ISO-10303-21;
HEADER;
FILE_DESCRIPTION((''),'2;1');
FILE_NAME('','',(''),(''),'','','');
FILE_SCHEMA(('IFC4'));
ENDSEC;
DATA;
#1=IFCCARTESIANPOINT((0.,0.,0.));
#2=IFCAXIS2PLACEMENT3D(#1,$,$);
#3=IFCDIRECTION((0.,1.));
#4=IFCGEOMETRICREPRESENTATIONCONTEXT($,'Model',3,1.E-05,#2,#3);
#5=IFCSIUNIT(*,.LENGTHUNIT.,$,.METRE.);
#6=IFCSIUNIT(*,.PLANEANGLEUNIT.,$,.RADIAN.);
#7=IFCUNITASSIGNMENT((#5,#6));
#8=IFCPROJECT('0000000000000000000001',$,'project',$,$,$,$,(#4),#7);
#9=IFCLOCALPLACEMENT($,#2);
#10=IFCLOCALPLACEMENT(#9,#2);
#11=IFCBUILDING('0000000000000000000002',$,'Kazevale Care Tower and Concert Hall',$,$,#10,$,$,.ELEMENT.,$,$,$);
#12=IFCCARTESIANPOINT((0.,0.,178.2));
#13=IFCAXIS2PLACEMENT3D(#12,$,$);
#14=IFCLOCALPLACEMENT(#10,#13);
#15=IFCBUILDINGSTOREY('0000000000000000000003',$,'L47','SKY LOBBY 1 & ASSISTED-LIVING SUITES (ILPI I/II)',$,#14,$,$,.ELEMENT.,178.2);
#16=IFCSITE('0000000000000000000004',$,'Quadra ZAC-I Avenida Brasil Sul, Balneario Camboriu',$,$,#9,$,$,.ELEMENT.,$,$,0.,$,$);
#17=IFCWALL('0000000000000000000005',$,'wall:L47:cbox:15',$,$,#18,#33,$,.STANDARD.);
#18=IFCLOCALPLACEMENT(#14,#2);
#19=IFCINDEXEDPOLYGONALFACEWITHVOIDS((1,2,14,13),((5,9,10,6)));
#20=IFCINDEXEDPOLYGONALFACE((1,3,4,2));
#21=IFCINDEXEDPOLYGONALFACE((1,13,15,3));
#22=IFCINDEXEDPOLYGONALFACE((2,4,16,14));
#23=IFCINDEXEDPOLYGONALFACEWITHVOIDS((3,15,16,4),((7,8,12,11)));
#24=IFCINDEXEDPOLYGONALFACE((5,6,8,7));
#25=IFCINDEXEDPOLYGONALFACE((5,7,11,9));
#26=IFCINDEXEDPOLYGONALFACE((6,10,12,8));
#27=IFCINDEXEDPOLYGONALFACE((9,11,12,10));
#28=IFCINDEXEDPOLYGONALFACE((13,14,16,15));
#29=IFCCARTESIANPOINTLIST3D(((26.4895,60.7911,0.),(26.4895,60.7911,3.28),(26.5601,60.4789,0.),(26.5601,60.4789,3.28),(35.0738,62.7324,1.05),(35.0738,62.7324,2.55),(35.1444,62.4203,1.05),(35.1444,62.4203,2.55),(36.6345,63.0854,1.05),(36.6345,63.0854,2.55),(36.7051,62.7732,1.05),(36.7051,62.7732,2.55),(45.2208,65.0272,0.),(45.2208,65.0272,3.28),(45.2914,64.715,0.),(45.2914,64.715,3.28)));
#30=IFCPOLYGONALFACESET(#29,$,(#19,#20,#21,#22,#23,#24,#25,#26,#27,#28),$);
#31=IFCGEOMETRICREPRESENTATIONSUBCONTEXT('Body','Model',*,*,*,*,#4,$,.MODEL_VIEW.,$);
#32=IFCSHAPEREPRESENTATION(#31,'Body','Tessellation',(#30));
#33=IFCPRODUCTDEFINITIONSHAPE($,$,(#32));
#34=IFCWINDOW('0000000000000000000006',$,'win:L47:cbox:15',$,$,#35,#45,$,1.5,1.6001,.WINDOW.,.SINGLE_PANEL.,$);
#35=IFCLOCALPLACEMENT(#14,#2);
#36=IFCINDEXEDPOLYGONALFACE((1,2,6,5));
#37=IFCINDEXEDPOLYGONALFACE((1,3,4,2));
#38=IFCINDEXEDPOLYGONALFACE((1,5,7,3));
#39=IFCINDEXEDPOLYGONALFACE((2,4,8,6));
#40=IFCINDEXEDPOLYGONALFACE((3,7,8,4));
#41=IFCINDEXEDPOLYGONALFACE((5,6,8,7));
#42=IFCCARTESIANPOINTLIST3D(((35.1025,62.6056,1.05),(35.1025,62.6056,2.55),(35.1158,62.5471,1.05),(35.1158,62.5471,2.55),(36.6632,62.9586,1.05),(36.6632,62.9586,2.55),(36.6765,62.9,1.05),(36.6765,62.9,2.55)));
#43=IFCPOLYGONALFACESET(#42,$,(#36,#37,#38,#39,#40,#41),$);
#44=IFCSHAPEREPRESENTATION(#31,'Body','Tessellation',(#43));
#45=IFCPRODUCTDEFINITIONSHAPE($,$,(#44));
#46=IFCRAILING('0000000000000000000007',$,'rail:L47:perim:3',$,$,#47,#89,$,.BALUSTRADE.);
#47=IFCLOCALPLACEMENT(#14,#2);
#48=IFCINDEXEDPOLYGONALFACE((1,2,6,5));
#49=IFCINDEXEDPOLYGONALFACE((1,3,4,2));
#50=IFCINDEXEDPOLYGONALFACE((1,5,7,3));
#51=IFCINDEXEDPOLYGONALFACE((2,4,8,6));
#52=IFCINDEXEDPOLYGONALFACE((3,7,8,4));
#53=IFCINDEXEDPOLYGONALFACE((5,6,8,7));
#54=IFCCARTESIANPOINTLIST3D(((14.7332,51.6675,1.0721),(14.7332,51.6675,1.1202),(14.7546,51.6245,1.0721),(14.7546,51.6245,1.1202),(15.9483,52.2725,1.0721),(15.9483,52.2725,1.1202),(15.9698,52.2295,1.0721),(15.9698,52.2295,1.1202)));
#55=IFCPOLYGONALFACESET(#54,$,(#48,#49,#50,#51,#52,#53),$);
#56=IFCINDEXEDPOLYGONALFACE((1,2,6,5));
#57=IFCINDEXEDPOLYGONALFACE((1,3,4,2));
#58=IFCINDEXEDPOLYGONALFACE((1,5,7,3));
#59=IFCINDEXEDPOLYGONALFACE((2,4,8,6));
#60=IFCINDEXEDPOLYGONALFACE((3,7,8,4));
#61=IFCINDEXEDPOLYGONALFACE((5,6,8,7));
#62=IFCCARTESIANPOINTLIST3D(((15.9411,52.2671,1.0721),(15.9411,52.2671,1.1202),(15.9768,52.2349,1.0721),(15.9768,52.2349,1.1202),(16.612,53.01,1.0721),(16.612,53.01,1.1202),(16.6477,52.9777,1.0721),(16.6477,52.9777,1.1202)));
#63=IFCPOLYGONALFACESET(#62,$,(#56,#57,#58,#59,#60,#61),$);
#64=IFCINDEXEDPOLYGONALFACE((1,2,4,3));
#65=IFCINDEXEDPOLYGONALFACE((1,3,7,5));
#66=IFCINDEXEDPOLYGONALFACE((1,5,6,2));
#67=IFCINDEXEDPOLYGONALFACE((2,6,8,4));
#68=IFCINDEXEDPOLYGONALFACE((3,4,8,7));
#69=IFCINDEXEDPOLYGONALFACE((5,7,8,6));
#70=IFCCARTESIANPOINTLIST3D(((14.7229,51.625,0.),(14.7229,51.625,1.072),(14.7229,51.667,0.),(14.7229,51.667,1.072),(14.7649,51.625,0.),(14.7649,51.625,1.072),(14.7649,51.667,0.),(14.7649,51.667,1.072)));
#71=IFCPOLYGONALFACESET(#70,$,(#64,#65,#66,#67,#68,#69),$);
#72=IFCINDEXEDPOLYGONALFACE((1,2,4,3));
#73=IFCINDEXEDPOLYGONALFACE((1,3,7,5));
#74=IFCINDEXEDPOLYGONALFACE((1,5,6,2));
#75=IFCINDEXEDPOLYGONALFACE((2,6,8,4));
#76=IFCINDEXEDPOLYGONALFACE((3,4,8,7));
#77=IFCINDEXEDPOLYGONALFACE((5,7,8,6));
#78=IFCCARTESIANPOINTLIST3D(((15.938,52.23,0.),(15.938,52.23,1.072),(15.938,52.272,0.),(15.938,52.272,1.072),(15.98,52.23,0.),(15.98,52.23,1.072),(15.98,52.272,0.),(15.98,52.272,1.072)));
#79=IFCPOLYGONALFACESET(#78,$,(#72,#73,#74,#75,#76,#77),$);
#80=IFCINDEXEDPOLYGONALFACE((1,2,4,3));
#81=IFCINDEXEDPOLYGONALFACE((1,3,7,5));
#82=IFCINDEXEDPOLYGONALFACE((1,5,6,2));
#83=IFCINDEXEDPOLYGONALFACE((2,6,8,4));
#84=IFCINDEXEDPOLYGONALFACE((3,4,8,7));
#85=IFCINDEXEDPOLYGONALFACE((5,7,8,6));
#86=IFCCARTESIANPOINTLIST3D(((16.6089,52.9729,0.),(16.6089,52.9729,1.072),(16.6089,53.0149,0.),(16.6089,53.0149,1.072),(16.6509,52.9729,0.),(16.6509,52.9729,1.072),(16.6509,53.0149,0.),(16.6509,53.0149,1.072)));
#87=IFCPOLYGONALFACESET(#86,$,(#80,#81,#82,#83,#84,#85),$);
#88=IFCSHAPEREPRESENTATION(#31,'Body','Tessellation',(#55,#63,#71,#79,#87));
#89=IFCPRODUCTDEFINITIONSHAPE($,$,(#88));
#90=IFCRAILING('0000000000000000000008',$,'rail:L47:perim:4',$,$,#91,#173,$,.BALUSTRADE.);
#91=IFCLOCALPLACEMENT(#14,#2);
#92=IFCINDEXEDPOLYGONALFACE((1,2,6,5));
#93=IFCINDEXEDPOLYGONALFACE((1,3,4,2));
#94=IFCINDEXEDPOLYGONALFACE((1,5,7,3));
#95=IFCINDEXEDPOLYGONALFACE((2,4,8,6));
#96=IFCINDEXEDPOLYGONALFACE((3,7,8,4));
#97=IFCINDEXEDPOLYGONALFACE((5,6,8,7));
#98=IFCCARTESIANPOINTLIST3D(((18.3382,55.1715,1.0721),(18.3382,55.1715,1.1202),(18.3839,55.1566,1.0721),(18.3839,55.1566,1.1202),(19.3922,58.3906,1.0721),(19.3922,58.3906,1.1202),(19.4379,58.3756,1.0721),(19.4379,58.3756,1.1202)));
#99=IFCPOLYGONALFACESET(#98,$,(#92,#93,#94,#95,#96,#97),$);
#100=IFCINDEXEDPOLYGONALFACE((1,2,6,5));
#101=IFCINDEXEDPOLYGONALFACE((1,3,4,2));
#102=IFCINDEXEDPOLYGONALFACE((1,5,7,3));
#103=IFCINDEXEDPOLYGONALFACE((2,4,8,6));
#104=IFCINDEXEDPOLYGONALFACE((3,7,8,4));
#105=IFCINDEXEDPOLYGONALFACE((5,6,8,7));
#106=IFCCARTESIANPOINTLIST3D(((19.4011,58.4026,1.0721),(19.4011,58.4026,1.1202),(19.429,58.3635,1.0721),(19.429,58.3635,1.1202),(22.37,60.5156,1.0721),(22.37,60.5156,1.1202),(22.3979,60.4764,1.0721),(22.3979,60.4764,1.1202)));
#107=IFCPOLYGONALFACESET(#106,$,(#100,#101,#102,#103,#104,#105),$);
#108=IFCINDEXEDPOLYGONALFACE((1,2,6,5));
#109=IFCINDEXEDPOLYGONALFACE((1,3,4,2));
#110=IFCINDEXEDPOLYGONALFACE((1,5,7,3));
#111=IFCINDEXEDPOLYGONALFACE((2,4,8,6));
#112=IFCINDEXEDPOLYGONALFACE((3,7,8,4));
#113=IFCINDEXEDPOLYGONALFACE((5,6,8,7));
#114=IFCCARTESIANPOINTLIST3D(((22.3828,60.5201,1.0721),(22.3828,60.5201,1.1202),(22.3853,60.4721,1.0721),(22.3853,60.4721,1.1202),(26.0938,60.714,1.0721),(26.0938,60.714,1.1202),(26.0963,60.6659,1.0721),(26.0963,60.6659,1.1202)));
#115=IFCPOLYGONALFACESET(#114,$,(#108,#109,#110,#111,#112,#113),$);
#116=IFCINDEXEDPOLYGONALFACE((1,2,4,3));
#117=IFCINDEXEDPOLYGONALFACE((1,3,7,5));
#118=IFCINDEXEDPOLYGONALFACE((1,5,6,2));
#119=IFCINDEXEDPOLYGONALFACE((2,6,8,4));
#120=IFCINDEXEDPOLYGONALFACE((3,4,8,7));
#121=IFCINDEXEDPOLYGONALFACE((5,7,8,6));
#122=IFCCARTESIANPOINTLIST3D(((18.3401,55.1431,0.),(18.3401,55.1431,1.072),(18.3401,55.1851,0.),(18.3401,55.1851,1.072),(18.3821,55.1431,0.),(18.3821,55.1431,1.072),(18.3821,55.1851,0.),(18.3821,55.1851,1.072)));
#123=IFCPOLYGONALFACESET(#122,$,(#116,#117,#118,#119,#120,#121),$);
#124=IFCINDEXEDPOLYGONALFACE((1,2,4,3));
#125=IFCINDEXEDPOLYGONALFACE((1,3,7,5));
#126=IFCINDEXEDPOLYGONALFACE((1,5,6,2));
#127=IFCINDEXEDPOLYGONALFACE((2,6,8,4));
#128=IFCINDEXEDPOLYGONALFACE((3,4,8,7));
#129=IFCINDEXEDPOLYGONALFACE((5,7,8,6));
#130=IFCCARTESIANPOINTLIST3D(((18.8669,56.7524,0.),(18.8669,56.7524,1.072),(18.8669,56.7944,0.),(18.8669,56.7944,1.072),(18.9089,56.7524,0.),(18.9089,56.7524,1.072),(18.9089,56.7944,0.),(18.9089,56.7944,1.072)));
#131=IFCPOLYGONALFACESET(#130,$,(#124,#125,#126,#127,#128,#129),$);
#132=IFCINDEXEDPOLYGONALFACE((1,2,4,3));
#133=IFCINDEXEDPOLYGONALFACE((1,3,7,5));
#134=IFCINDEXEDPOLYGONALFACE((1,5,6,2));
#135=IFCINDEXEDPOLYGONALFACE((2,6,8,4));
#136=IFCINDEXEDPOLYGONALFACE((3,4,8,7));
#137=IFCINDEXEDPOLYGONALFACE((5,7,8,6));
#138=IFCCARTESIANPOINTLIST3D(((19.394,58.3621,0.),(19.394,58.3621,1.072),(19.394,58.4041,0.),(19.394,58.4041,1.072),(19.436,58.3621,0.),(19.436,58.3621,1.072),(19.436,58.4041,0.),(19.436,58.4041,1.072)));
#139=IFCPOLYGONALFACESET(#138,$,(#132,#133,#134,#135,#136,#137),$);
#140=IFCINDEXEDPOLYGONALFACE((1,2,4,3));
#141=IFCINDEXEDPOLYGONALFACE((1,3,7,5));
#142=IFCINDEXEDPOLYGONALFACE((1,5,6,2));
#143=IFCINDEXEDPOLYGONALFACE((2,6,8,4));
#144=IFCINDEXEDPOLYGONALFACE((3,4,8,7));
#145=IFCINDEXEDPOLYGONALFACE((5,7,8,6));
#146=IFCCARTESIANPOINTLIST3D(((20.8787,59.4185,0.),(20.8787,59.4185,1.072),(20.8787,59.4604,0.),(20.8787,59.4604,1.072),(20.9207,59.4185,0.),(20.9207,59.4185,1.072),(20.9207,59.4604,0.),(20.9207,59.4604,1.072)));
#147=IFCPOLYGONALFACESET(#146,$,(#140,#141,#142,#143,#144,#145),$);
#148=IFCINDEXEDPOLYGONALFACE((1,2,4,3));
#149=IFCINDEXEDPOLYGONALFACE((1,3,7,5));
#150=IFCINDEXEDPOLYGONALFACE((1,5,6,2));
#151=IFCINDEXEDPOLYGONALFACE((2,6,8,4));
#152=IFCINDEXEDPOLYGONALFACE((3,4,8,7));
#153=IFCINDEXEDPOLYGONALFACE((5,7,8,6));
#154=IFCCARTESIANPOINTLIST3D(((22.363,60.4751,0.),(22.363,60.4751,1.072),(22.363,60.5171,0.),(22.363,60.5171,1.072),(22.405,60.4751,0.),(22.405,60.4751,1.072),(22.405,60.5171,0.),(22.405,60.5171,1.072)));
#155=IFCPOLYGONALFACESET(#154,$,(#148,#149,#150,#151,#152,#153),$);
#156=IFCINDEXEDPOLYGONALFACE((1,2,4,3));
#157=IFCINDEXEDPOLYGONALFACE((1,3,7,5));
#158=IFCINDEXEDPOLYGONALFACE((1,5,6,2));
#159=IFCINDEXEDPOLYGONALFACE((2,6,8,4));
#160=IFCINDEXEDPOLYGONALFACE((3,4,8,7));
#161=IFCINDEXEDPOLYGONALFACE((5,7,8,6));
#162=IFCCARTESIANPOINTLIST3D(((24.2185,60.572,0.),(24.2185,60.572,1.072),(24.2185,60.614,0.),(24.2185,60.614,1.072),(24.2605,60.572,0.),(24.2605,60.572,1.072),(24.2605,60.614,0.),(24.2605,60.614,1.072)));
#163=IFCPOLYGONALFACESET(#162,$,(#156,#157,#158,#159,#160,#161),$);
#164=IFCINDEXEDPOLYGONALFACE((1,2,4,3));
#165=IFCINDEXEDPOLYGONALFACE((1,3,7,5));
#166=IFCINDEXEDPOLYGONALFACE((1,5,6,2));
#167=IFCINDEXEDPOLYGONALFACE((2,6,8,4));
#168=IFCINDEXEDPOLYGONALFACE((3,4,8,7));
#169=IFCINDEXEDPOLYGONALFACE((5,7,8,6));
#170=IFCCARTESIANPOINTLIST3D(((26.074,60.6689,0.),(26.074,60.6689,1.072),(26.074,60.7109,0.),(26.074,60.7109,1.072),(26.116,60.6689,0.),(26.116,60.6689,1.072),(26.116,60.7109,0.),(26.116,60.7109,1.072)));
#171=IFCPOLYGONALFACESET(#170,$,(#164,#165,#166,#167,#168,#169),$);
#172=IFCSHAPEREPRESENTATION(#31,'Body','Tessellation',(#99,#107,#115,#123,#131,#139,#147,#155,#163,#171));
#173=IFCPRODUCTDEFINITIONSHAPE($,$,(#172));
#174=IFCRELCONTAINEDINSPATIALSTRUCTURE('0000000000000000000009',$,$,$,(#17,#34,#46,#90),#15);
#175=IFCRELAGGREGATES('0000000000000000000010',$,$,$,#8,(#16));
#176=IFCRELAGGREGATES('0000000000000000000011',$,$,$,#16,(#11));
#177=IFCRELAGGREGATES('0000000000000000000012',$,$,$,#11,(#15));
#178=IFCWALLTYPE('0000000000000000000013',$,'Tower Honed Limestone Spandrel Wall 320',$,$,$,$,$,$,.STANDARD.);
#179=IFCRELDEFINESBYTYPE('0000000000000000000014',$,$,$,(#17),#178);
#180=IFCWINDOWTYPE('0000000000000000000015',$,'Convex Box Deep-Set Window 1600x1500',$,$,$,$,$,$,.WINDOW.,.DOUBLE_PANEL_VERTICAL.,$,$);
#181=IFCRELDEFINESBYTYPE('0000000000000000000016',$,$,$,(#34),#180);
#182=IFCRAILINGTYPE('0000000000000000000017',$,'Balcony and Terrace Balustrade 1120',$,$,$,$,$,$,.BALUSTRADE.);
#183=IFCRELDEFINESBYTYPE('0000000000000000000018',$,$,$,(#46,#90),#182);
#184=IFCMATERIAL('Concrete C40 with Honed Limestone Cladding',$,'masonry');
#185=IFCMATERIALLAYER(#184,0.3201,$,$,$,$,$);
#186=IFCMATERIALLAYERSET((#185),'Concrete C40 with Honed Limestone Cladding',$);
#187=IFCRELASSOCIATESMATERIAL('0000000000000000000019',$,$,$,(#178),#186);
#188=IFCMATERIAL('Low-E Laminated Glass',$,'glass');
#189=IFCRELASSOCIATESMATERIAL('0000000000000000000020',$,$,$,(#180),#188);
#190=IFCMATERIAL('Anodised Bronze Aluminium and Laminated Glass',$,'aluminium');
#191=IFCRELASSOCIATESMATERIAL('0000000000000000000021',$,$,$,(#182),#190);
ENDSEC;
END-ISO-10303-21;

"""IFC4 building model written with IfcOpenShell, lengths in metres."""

from ifc_helpers import new_model, si_unit, direction, frame, frame_2d, origin, origin_2d, place, context, subcontext, project, spatial, rectangle, extrude, material, layer, layer_set, type_object, element, fill, save


model = new_model("IFC4")

# Units and contexts
model_context = context("Model", 3, precision=1e-05, world=origin(), true_north=direction((0.0, 1.0)))
body_context = subcontext(model_context, "Body", "Model", "MODEL_VIEW")
ifc_project = project(units=[si_unit("LENGTHUNIT", "METRE"), si_unit("PLANEANGLEUNIT", "RADIAN")], contexts=[model_context])

# Site, building, storey
site_placement = place(None, origin())
site = spatial("IfcSite", under=ifc_project, at=site_placement, Name="Quadra ZAC-I Avenida Brasil Sul, Balneario Camboriu", CompositionType="ELEMENT", RefElevation=0.0)
building_placement = place(site_placement, origin())
building = spatial("IfcBuilding", under=site, at=building_placement, Name="Kazevale Care Tower and Concert Hall", CompositionType="ELEMENT")
storey_placement = place(building_placement, frame((0.0, 0.0, 178.2)))
storey = spatial("IfcBuildingStorey", under=building, at=storey_placement, Name="L47", Description="SKY LOBBY 1 & ASSISTED-LIVING SUITES (ILPI I/II)", CompositionType="ELEMENT", Elevation=178.2)

# Shared definitions
ifc_material_1 = material(Name="Low-E Laminated Glass", Category="glass")

# Wall, opening, window
ifc_material_2 = material(Name="Concrete C40 with Honed Limestone Cladding", Category="masonry")
ifc_layer_1 = layer(ifc_material_2, 0.3201)
ifc_layer_set_1 = layer_set([ifc_layer_1], Name="Concrete C40 with Honed Limestone Cladding")
wall_type_1 = type_object("IfcWallType", Name="Tower Honed Limestone Spandrel Wall 320", PredefinedType="STANDARD", material=ifc_layer_set_1)
wall_1_placement = place(storey_placement, frame((26.5249, 60.635, 0.0), z_axis=(0.0, 0.0, 1.0), x_axis=(0.975369, 0.220581, 0.0)))
wall_1 = element("IfcWall", 1, at=wall_1_placement, inside=storey, type_object=wall_type_1, Name="wall:L47:cbox:15", PredefinedType="STANDARD", context=body_context, shape_type="SweptSolid", body=[
    extrude(rectangle(XDim=19.2043, YDim=0.3201, at=frame_2d((9.6021, 0.0))), origin(), (0.0, 0.0, 1.0), 3.28),
])
opening_placement = place(wall_1_placement, frame((8.801, 0.0, 1.05)))
opening = element("IfcOpeningElement", 2, at=opening_placement, cuts=wall_1, PredefinedType="OPENING", context=body_context, shape_type="SweptSolid", body=[
    extrude(rectangle(XDim=1.6001, YDim=1.5, at=frame_2d((0.8, 0.75))), frame((0.0, 0.1699, 0.0), z_axis=(0.0, -1.0, 0.0), x_axis=(1.0, 0.0, 0.0)), (0.0, 0.0, 1.0), 0.3401),
])
window_type = type_object("IfcWindowType", Name="Convex Box Deep-Set Window 1600x1500", PartitioningType="DOUBLE_PANEL_VERTICAL", PredefinedType="WINDOW", material=ifc_material_1)
window_placement = place(opening_placement, origin())
window = element("IfcWindow", 3, at=window_placement, inside=storey, type_object=window_type, Name="win:L47:cbox:15", OverallHeight=1.5, OverallWidth=1.6001, PartitioningType="SINGLE_PANEL", PredefinedType="WINDOW", context=body_context, shape_type="SweptSolid", body=[
    extrude(rectangle(XDim=1.6001, YDim=1.5, at=frame_2d((0.8, 0.75))), frame((0.0, 0.03, 0.0), z_axis=(0.0, -1.0, 0.0), x_axis=(1.0, 0.0, 0.0)), (0.0, 0.0, 1.0), 0.0601),
])
fill(opening, window)

# Railings
ifc_material_3 = material(Name="Anodised Bronze Aluminium and Laminated Glass", Category="aluminium")
railing_type = type_object("IfcRailingType", Name="Balcony and Terrace Balustrade 1120", PredefinedType="BALUSTRADE", material=ifc_material_3)
railing_1_placement = place(storey_placement, frame((14.7439, 51.646, 0.0)))
element("IfcRailing", 4, at=railing_1_placement, inside=storey, type_object=railing_type, Name="rail:L47:perim:3", PredefinedType="BALUSTRADE", context=body_context, shape_type="SweptSolid", body=[
    extrude(rectangle(XDim=0.0481, YDim=0.0481, at=origin_2d()), frame((0.0, 0.0, 1.0962), z_axis=(0.895181, 0.445702, 0.0), x_axis=(-0.445702, 0.895181, 0.0)), (0.0, 0.0, 1.0), 1.3574),
    extrude(rectangle(XDim=0.0481, YDim=0.0481, at=origin_2d()), frame((1.2151, 0.605, 1.0962), z_axis=(0.670217, 0.742165, 0.0), x_axis=(-0.742165, 0.670217, 0.0)), (0.0, 0.0, 1.0), 1.001),
    extrude(rectangle(XDim=0.042, YDim=0.042, at=origin_2d()), origin(), (0.0, 0.0, 1.0), 1.072),
    extrude(rectangle(XDim=0.042, YDim=0.042, at=origin_2d()), frame((1.2151, 0.605, 0.0)), (0.0, 0.0, 1.0), 1.072),
    extrude(rectangle(XDim=0.042, YDim=0.042, at=origin_2d()), frame((1.886, 1.3479, 0.0)), (0.0, 0.0, 1.0), 1.072),
])
railing_2_placement = place(storey_placement, frame((18.3611, 55.1641, 0.0)))
element("IfcRailing", 5, at=railing_2_placement, inside=storey, type_object=railing_type, Name="rail:L47:perim:4", PredefinedType="BALUSTRADE", context=body_context, shape_type="SweptSolid", body=[
    extrude(rectangle(XDim=0.0481, YDim=0.0481, at=origin_2d()), frame((0.0, 0.0, 1.0962), z_axis=(0.311163, 0.950356, 0.0), x_axis=(-0.950356, 0.311163, 0.0)), (0.0, 0.0, 1.0), 3.3872),
    extrude(rectangle(XDim=0.0481, YDim=0.0481, at=origin_2d()), frame((1.054, 3.219, 1.0962), z_axis=(0.814728, 0.579843, 0.0), x_axis=(-0.579843, 0.814728, 0.0)), (0.0, 0.0, 1.0), 3.644),
    extrude(rectangle(XDim=0.0481, YDim=0.0481, at=origin_2d()), frame((4.0229, 5.332, 1.0962), z_axis=(0.998638, 0.052166, 0.0), x_axis=(-0.052166, 0.998638, 0.0)), (0.0, 0.0, 1.0), 3.7161),
    extrude(rectangle(XDim=0.042, YDim=0.042, at=origin_2d()), origin(), (0.0, 0.0, 1.0), 1.072),
    extrude(rectangle(XDim=0.042, YDim=0.042, at=origin_2d()), frame((0.5269, 1.6094, 0.0)), (0.0, 0.0, 1.0), 1.072),
    extrude(rectangle(XDim=0.042, YDim=0.042, at=origin_2d()), frame((1.054, 3.219, 0.0)), (0.0, 0.0, 1.0), 1.072),
    extrude(rectangle(XDim=0.042, YDim=0.042, at=origin_2d()), frame((2.5386, 4.2754, 0.0)), (0.0, 0.0, 1.0), 1.072),
    extrude(rectangle(XDim=0.042, YDim=0.042, at=origin_2d()), frame((4.0229, 5.332, 0.0)), (0.0, 0.0, 1.0), 1.072),
    extrude(rectangle(XDim=0.042, YDim=0.042, at=origin_2d()), frame((5.8784, 5.429, 0.0)), (0.0, 0.0, 1.0), 1.072),
    extrude(rectangle(XDim=0.042, YDim=0.042, at=origin_2d()), frame((7.7339, 5.5259, 0.0)), (0.0, 0.0, 1.0), 1.072),
])

save(model, "model.ifc")
